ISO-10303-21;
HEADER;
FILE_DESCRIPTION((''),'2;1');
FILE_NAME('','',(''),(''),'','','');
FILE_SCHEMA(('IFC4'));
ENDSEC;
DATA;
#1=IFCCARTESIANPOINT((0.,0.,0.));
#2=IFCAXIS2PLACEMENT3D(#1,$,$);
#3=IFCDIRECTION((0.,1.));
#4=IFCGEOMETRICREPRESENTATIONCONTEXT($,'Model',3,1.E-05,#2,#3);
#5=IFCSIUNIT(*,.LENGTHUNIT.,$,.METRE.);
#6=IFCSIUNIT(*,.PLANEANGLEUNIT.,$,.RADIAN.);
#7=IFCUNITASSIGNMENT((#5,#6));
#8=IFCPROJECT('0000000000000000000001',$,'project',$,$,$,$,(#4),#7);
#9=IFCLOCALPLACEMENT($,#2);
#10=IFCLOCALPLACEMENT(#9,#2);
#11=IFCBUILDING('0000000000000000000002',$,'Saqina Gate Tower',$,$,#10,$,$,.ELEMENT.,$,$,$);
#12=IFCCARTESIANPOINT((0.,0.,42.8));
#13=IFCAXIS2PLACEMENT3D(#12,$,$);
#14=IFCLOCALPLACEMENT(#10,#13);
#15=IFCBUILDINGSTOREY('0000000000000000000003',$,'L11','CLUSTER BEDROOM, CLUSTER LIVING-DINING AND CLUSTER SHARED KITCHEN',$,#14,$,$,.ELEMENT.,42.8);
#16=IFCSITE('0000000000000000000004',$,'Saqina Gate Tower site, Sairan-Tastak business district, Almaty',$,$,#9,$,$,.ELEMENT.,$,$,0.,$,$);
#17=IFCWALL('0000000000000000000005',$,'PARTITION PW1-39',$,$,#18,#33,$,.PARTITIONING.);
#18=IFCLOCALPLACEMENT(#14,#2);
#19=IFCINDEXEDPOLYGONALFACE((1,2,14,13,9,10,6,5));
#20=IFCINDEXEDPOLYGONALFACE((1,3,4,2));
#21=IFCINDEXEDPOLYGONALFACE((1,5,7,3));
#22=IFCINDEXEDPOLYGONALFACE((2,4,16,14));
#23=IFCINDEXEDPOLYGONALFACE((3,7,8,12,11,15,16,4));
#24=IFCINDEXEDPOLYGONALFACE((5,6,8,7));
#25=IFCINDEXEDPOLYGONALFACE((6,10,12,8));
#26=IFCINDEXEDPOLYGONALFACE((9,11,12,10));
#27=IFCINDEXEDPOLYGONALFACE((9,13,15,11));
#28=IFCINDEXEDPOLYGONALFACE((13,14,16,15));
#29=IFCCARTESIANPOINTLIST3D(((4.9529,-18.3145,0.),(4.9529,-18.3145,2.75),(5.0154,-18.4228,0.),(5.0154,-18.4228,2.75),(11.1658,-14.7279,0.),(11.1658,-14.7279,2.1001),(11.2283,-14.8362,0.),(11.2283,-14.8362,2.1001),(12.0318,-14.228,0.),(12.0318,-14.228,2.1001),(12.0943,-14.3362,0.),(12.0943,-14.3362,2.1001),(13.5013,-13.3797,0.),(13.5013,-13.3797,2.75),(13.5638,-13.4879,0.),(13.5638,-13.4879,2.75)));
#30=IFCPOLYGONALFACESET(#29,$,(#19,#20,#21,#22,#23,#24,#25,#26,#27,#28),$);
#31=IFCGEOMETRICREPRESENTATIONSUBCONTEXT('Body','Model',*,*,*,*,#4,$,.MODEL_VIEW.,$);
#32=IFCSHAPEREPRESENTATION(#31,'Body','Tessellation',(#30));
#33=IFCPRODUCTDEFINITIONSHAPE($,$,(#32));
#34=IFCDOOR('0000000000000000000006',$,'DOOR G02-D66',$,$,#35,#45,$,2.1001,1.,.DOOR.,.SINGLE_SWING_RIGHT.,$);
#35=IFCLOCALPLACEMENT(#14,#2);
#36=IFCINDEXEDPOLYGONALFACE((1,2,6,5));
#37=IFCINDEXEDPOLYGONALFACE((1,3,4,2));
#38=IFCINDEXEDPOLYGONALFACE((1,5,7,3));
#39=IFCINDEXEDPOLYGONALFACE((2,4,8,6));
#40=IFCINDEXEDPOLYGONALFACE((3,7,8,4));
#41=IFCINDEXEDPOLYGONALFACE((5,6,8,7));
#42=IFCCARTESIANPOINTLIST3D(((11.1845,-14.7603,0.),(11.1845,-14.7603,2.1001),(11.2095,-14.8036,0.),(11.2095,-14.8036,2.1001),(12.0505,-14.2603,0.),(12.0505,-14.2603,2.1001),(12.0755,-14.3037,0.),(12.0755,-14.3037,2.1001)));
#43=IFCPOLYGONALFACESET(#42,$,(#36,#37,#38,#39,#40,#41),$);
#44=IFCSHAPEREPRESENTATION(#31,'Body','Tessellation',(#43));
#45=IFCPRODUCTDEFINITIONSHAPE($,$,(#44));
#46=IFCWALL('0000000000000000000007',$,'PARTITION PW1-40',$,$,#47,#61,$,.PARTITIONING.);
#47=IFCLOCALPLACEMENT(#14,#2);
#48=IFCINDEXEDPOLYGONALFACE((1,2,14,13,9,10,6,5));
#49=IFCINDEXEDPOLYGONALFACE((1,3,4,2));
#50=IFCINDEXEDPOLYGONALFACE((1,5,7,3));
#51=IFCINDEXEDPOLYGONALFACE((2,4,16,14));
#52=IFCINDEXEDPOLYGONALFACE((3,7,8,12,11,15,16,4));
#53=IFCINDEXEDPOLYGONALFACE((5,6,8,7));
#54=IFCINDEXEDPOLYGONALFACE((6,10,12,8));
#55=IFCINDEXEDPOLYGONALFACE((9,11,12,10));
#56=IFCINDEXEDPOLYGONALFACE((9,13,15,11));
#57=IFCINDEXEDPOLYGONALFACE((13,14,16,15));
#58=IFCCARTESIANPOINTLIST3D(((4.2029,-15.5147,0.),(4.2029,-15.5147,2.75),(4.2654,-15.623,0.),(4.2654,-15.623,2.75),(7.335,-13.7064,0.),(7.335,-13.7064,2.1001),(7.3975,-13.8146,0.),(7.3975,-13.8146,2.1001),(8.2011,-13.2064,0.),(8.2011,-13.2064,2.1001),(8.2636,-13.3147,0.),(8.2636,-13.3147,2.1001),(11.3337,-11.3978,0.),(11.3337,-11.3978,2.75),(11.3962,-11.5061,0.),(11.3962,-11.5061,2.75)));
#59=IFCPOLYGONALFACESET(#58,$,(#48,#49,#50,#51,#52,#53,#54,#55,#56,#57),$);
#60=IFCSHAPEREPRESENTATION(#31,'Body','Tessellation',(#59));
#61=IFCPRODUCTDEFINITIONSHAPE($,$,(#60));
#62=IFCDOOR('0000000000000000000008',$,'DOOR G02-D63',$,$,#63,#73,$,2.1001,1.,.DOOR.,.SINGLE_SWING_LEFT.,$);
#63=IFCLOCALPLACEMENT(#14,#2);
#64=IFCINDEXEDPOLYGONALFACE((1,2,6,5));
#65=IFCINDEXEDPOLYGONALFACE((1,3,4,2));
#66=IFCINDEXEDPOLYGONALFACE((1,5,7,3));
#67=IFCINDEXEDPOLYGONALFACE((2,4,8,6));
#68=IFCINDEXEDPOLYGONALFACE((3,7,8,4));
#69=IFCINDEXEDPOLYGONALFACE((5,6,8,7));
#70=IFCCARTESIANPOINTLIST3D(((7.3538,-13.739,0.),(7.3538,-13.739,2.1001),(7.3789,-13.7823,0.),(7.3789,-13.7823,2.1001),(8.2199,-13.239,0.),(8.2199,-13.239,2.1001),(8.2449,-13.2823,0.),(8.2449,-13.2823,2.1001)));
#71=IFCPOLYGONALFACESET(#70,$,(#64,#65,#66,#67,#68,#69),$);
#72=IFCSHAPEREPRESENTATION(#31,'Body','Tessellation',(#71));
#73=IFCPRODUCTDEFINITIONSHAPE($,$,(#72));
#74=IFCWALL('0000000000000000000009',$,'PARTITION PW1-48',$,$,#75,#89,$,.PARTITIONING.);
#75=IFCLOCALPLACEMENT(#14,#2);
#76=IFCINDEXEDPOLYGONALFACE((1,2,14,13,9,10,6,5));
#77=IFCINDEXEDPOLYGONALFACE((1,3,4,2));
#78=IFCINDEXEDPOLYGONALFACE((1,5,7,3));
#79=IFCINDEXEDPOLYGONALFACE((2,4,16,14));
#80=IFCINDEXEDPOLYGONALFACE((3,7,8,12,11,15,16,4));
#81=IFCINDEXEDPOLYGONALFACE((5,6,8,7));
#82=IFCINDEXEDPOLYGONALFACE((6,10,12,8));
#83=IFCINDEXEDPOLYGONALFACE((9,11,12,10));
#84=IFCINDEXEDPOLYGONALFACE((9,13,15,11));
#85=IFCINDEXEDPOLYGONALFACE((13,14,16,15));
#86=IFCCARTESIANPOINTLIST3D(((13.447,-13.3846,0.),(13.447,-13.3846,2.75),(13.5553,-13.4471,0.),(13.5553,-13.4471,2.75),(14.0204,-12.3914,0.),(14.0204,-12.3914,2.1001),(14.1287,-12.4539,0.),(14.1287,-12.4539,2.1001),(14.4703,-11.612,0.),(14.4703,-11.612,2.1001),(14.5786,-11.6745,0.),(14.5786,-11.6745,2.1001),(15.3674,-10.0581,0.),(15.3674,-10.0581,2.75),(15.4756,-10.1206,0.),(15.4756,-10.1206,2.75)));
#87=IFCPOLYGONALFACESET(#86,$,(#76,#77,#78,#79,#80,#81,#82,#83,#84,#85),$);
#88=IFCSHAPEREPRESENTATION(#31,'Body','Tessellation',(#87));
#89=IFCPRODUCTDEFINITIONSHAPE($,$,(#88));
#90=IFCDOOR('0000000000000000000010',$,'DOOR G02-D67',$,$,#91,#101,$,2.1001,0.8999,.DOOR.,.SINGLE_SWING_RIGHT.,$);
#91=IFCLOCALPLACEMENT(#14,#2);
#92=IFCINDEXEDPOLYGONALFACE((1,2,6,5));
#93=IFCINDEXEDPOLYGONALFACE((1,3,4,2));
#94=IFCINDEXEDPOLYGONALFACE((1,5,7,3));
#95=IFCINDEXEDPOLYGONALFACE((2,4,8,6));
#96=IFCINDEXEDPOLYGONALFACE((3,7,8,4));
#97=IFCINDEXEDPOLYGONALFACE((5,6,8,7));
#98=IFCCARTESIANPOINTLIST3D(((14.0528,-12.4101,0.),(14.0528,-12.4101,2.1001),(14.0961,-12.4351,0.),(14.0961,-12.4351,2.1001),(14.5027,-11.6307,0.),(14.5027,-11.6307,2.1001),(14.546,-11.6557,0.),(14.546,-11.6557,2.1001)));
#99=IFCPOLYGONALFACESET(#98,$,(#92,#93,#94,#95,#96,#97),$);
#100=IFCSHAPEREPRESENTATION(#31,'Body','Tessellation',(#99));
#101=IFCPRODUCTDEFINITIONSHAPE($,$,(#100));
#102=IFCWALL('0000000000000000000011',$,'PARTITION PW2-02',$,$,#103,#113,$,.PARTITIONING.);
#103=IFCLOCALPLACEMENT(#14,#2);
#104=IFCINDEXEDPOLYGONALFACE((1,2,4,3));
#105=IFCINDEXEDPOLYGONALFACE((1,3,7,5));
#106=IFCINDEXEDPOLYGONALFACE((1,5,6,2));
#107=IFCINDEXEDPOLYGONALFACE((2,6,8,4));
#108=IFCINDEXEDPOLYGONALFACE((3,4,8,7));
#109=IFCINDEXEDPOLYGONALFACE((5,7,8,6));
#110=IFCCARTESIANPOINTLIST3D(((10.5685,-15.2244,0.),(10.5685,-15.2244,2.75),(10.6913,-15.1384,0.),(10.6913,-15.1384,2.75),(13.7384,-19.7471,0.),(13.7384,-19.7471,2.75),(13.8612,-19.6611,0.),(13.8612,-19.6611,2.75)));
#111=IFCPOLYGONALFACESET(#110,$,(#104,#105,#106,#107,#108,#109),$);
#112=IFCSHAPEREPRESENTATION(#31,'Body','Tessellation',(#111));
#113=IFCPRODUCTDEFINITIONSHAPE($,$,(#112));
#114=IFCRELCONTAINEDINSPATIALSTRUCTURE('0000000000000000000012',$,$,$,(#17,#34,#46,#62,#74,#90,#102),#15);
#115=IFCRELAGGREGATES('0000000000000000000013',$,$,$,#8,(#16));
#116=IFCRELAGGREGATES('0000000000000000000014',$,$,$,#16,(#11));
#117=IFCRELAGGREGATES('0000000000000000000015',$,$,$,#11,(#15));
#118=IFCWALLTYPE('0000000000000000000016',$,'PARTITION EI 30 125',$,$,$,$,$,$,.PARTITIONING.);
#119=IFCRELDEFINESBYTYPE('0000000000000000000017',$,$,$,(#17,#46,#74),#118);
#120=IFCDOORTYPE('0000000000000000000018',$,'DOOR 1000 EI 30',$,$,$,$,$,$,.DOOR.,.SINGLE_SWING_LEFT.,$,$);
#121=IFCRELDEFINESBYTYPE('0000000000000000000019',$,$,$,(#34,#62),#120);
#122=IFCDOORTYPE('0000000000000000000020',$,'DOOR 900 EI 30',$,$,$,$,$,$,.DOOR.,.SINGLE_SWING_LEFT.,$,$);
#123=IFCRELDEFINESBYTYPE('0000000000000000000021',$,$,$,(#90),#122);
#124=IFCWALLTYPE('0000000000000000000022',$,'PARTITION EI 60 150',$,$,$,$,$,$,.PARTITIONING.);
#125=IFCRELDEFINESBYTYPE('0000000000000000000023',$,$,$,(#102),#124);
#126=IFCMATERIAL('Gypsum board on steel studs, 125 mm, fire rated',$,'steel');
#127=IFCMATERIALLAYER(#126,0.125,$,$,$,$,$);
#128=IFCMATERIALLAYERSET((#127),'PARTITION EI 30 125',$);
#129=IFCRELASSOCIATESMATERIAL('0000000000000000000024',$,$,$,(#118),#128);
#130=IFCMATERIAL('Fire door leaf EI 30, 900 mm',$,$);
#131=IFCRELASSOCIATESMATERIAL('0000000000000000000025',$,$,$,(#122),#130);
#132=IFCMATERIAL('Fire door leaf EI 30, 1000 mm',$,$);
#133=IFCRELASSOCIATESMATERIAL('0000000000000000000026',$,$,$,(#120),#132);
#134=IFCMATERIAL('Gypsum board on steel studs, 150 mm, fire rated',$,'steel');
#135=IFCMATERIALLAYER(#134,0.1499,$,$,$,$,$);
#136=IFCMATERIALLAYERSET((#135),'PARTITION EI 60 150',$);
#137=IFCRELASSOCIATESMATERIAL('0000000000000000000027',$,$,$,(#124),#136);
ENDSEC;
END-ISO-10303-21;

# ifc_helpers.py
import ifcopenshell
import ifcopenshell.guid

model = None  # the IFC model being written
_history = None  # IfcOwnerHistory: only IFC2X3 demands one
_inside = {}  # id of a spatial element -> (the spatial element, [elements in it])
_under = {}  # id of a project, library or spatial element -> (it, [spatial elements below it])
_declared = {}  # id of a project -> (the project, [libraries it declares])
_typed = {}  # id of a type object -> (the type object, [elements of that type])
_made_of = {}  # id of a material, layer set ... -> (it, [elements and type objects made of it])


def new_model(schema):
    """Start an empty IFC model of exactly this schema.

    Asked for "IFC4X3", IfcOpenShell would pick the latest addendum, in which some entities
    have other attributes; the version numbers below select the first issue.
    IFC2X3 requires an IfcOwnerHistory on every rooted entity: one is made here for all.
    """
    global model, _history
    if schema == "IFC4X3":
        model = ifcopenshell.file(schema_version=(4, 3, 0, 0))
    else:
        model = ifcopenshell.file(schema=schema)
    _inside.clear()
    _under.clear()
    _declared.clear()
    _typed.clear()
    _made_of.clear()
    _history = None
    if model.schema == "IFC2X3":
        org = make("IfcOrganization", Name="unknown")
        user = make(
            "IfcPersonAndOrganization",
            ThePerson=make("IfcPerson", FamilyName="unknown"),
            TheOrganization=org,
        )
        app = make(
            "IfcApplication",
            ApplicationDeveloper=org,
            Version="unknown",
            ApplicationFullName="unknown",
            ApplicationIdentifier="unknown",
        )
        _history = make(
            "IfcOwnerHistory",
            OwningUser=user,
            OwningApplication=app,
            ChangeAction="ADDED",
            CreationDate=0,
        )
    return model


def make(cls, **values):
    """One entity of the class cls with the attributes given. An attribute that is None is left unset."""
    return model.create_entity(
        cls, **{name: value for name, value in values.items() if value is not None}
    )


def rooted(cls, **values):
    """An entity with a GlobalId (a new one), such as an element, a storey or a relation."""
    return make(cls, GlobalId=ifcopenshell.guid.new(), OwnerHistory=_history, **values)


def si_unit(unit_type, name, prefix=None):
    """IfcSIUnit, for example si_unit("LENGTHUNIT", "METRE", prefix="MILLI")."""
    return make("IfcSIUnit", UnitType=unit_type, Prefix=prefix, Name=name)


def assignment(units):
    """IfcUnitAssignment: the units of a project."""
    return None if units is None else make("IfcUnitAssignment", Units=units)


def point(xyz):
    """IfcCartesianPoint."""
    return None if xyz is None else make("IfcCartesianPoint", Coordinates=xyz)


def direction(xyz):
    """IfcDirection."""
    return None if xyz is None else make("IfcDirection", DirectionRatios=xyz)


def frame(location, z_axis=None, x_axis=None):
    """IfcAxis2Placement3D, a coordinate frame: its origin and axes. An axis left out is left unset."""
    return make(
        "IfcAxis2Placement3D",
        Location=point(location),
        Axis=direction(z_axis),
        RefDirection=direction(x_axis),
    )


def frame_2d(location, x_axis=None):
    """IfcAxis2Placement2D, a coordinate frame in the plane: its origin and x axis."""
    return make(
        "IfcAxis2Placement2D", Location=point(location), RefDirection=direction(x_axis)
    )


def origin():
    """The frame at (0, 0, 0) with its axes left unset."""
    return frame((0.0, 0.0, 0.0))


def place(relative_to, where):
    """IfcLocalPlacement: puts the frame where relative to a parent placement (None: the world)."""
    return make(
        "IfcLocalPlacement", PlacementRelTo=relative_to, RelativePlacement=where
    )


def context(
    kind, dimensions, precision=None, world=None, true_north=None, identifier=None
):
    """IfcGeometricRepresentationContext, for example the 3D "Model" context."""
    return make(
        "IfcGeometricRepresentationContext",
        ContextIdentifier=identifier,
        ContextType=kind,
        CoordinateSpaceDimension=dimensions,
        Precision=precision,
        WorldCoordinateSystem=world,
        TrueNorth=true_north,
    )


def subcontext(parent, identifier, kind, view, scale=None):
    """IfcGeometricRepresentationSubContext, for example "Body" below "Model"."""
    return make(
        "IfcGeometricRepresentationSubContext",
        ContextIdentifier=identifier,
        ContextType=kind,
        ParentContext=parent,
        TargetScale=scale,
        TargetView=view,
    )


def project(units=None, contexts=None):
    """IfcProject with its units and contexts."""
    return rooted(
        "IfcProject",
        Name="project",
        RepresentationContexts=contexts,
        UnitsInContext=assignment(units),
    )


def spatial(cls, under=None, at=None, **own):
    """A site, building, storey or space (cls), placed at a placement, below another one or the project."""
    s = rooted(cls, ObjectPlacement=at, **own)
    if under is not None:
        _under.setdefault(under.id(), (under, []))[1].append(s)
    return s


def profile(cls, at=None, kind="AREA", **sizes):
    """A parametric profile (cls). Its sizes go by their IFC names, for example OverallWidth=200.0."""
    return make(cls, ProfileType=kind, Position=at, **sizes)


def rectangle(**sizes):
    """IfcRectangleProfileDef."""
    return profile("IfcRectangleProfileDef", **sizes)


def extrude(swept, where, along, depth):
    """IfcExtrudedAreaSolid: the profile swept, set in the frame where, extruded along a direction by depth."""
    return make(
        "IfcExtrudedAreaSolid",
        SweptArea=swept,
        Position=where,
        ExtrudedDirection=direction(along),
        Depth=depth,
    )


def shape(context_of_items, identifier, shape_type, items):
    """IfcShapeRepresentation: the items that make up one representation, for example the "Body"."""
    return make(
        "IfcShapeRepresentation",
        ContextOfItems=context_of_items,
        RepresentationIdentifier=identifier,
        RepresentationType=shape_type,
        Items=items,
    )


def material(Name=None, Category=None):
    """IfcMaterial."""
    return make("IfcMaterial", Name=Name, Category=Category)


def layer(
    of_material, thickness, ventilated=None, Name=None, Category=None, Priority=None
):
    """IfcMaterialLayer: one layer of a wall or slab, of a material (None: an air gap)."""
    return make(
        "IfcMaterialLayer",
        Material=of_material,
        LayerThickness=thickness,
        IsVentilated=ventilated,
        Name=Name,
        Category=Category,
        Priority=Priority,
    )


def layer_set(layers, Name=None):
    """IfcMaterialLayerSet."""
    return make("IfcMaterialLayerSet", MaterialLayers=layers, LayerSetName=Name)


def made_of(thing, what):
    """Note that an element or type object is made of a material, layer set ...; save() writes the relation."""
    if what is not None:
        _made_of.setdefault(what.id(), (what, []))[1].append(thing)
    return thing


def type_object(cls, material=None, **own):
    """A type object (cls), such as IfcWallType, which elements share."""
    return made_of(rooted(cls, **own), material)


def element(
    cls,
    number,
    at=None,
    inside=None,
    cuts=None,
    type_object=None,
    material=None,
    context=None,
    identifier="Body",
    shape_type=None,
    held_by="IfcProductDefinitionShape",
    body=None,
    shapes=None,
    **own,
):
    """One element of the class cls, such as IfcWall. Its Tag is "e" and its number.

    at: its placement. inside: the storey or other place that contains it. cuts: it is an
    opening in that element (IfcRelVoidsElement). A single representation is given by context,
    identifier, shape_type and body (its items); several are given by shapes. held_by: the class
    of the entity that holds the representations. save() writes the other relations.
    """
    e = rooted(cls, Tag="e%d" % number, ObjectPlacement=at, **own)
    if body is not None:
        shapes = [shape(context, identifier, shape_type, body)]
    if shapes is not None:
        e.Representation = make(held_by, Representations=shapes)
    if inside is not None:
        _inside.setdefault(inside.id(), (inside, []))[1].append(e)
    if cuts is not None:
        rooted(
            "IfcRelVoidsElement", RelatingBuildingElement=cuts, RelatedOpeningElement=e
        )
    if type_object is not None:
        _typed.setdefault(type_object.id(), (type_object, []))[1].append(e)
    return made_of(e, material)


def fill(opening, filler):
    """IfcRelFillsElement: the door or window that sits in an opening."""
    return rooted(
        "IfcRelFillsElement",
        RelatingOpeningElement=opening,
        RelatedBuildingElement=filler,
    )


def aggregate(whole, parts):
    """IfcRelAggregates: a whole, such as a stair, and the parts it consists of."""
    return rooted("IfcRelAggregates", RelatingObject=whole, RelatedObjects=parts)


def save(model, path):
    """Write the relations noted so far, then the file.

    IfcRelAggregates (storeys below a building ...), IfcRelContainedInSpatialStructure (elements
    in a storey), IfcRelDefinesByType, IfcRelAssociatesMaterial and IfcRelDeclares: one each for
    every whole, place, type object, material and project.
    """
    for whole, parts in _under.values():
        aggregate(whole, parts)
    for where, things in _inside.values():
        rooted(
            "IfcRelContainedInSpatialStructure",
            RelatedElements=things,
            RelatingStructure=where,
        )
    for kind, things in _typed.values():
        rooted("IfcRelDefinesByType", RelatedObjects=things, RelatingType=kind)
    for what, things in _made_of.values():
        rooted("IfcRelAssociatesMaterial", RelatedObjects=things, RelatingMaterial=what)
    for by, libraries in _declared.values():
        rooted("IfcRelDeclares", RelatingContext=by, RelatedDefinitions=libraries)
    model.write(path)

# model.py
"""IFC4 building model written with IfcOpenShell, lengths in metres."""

from ifc_helpers import new_model, si_unit, direction, frame, frame_2d, origin, place, context, subcontext, project, spatial, rectangle, extrude, material, layer, layer_set, type_object, element, fill, save


model = new_model("IFC4")

# Units and contexts
model_context = context("Model", 3, precision=1e-05, world=origin(), true_north=direction((0.0, 1.0)))
body_context = subcontext(model_context, "Body", "Model", "MODEL_VIEW")
ifc_project = project(units=[si_unit("LENGTHUNIT", "METRE"), si_unit("PLANEANGLEUNIT", "RADIAN")], contexts=[model_context])

# Site, building, storey
site_placement = place(None, origin())
site = spatial("IfcSite", under=ifc_project, at=site_placement, Name="Saqina Gate Tower site, Sairan-Tastak business district, Almaty", CompositionType="ELEMENT", RefElevation=0.0)
building_placement = place(site_placement, origin())
building = spatial("IfcBuilding", under=site, at=building_placement, Name="Saqina Gate Tower", CompositionType="ELEMENT")
storey_placement = place(building_placement, frame((0.0, 0.0, 42.8)))
storey = spatial("IfcBuildingStorey", under=building, at=storey_placement, Name="L11", Description="CLUSTER BEDROOM, CLUSTER LIVING-DINING AND CLUSTER SHARED KITCHEN", CompositionType="ELEMENT", Elevation=42.8)

# Walls, openings, doors
ifc_material_1 = material(Name="Gypsum board on steel studs, 125 mm, fire rated", Category="steel")
ifc_layer_1 = layer(ifc_material_1, 0.125)
ifc_layer_set_1 = layer_set([ifc_layer_1], Name="PARTITION EI 30 125")
wall_type_1 = type_object("IfcWallType", Name="PARTITION EI 30 125", PredefinedType="PARTITIONING", material=ifc_layer_set_1)
ifc_material_2 = material(Name="Fire door leaf EI 30, 900 mm")
door_type_1 = type_object("IfcDoorType", Name="DOOR 900 EI 30", OperationType="SINGLE_SWING_LEFT", PredefinedType="DOOR", material=ifc_material_2)
wall_1_placement = place(storey_placement, frame((4.9841, -18.3687, 0.0), z_axis=(0.0, 0.0, 1.0), x_axis=(0.86605, 0.499957, 0.0)))
wall_1 = element("IfcWall", 1, at=wall_1_placement, inside=storey, type_object=wall_type_1, Name="PARTITION PW1-39", PredefinedType="PARTITIONING", context=body_context, shape_type="SweptSolid", body=[
    extrude(rectangle(XDim=9.8706, YDim=0.125, at=frame_2d((4.9353, 0.0))), origin(), (0.0, 0.0, 1.0), 2.75),
])
opening_1_placement = place(wall_1_placement, frame((7.1738, 0.0, 0.0)))
opening_1 = element("IfcOpeningElement", 2, at=opening_1_placement, cuts=wall_1, PredefinedType="OPENING", context=body_context, shape_type="SweptSolid", body=[
    extrude(rectangle(XDim=1.0, YDim=2.1001, at=frame_2d((0.5, 1.05))), frame((0.0, 0.0745, 0.0), z_axis=(0.0, -1.0, 0.0), x_axis=(1.0, 0.0, 0.0)), (0.0, 0.0, 1.0), 0.1489),
])
ifc_material_3 = material(Name="Fire door leaf EI 30, 1000 mm")
door_type_2 = type_object("IfcDoorType", Name="DOOR 1000 EI 30", OperationType="SINGLE_SWING_LEFT", PredefinedType="DOOR", material=ifc_material_3)
door_1_placement = place(opening_1_placement, frame((1.0, 0.0, 0.0), z_axis=(0.0, 0.0, 1.0), x_axis=(-1.0, 0.0, 0.0)))
door_1 = element("IfcDoor", 3, at=door_1_placement, inside=storey, type_object=door_type_2, Name="DOOR G02-D66", OperationType="SINGLE_SWING_RIGHT", OverallHeight=2.1001, OverallWidth=1.0, PredefinedType="DOOR", context=body_context, shape_type="SweptSolid", body=[
    extrude(rectangle(XDim=1.0, YDim=2.1001, at=frame_2d((0.5, 1.05))), frame((0.0, 0.0249, 0.0), z_axis=(0.0, -1.0, 0.0), x_axis=(1.0, 0.0, 0.0)), (0.0, 0.0, 1.0), 0.05),
])
fill(opening_1, door_1)
wall_2_placement = place(storey_placement, frame((4.2341, -15.5688, 0.0), z_axis=(0.0, 0.0, 1.0), x_axis=(0.866029, 0.499995, 0.0)))
wall_2 = element("IfcWall", 4, at=wall_2_placement, inside=storey, type_object=wall_type_1, Name="PARTITION PW1-40", PredefinedType="PARTITIONING", context=body_context, shape_type="SweptSolid", body=[
    extrude(rectangle(XDim=8.2339, YDim=0.125, at=frame_2d((4.1169, 0.0))), origin(), (0.0, 0.0, 1.0), 2.75),
])
opening_2_placement = place(wall_2_placement, frame((3.6167, 0.0, 0.0)))
opening_2 = element("IfcOpeningElement", 5, at=opening_2_placement, cuts=wall_2, PredefinedType="OPENING", context=body_context, shape_type="SweptSolid", body=[
    extrude(rectangle(XDim=1.0, YDim=2.1001, at=frame_2d((0.5, 1.05))), frame((0.0, 0.0745, 0.0), z_axis=(0.0, -1.0, 0.0), x_axis=(1.0, 0.0, 0.0)), (0.0, 0.0, 1.0), 0.1489),
])
door_2_placement = place(opening_2_placement, origin())
door_2 = element("IfcDoor", 6, at=door_2_placement, inside=storey, type_object=door_type_2, Name="DOOR G02-D63", OperationType="SINGLE_SWING_LEFT", OverallHeight=2.1001, OverallWidth=1.0, PredefinedType="DOOR", context=body_context, shape_type="SweptSolid", body=[
    extrude(rectangle(XDim=1.0, YDim=2.1001, at=frame_2d((0.5, 1.05))), frame((0.0, 0.0249, 0.0), z_axis=(0.0, -1.0, 0.0), x_axis=(1.0, 0.0, 0.0)), (0.0, 0.0, 1.0), 0.05),
])
fill(opening_2, door_2)
wall_3_placement = place(storey_placement, frame((13.5012, -13.4158, 0.0), z_axis=(0.0, 0.0, 1.0), x_axis=(0.499954, 0.866052, 0.0)))
wall_3 = element("IfcWall", 7, at=wall_3_placement, inside=storey, type_object=wall_type_1, Name="PARTITION PW1-48", PredefinedType="PARTITIONING", context=body_context, shape_type="SweptSolid", body=[
    extrude(rectangle(XDim=3.8411, YDim=0.125, at=frame_2d((1.9204, 0.0))), origin(), (0.0, 0.0, 1.0), 2.75),
])
opening_3_placement = place(wall_3_placement, frame((1.1467, 0.0, 0.0)))
opening_3 = element("IfcOpeningElement", 8, at=opening_3_placement, cuts=wall_3, PredefinedType="OPENING", context=body_context, shape_type="SweptSolid", body=[
    extrude(rectangle(XDim=0.8999, YDim=2.1001, at=frame_2d((0.45, 1.05))), frame((0.0, 0.0745, 0.0), z_axis=(0.0, -1.0, 0.0), x_axis=(1.0, 0.0, 0.0)), (0.0, 0.0, 1.0), 0.1489),
])
door_3_placement = place(opening_3_placement, frame((0.8999, 0.0, 0.0), z_axis=(0.0, 0.0, 1.0), x_axis=(-1.0, 0.0, 0.0)))
door_3 = element("IfcDoor", 9, at=door_3_placement, inside=storey, type_object=door_type_1, Name="DOOR G02-D67", OperationType="SINGLE_SWING_RIGHT", OverallHeight=2.1001, OverallWidth=0.8999, PredefinedType="DOOR", context=body_context, shape_type="SweptSolid", body=[
    extrude(rectangle(XDim=0.8999, YDim=2.1001, at=frame_2d((0.45, 1.05))), frame((0.0, 0.0249, 0.0), z_axis=(0.0, -1.0, 0.0), x_axis=(1.0, 0.0, 0.0)), (0.0, 0.0, 1.0), 0.05),
])
fill(opening_3, door_3)

# Wall
ifc_material_4 = material(Name="Gypsum board on steel studs, 150 mm, fire rated", Category="steel")
ifc_layer_2 = layer(ifc_material_4, 0.1499)
ifc_layer_set_2 = layer_set([ifc_layer_2], Name="PARTITION EI 60 150")
wall_type_2 = type_object("IfcWallType", Name="PARTITION EI 60 150", PredefinedType="PARTITIONING", material=ifc_layer_set_2)
wall_4_placement = place(storey_placement, frame((10.6299, -15.1814, 0.0), z_axis=(0.0, 0.0, 1.0), x_axis=(0.573952, -0.818889, 0.0)))
element("IfcWall", 10, at=wall_4_placement, inside=storey, type_object=wall_type_2, Name="PARTITION PW2-02", PredefinedType="PARTITIONING", context=body_context, shape_type="SweptSolid", body=[
    extrude(rectangle(XDim=5.5229, YDim=0.1499, at=frame_2d((2.7615, 0.0))), origin(), (0.0, 0.0, 1.0), 2.75),
])

save(model, "model.ifc")
